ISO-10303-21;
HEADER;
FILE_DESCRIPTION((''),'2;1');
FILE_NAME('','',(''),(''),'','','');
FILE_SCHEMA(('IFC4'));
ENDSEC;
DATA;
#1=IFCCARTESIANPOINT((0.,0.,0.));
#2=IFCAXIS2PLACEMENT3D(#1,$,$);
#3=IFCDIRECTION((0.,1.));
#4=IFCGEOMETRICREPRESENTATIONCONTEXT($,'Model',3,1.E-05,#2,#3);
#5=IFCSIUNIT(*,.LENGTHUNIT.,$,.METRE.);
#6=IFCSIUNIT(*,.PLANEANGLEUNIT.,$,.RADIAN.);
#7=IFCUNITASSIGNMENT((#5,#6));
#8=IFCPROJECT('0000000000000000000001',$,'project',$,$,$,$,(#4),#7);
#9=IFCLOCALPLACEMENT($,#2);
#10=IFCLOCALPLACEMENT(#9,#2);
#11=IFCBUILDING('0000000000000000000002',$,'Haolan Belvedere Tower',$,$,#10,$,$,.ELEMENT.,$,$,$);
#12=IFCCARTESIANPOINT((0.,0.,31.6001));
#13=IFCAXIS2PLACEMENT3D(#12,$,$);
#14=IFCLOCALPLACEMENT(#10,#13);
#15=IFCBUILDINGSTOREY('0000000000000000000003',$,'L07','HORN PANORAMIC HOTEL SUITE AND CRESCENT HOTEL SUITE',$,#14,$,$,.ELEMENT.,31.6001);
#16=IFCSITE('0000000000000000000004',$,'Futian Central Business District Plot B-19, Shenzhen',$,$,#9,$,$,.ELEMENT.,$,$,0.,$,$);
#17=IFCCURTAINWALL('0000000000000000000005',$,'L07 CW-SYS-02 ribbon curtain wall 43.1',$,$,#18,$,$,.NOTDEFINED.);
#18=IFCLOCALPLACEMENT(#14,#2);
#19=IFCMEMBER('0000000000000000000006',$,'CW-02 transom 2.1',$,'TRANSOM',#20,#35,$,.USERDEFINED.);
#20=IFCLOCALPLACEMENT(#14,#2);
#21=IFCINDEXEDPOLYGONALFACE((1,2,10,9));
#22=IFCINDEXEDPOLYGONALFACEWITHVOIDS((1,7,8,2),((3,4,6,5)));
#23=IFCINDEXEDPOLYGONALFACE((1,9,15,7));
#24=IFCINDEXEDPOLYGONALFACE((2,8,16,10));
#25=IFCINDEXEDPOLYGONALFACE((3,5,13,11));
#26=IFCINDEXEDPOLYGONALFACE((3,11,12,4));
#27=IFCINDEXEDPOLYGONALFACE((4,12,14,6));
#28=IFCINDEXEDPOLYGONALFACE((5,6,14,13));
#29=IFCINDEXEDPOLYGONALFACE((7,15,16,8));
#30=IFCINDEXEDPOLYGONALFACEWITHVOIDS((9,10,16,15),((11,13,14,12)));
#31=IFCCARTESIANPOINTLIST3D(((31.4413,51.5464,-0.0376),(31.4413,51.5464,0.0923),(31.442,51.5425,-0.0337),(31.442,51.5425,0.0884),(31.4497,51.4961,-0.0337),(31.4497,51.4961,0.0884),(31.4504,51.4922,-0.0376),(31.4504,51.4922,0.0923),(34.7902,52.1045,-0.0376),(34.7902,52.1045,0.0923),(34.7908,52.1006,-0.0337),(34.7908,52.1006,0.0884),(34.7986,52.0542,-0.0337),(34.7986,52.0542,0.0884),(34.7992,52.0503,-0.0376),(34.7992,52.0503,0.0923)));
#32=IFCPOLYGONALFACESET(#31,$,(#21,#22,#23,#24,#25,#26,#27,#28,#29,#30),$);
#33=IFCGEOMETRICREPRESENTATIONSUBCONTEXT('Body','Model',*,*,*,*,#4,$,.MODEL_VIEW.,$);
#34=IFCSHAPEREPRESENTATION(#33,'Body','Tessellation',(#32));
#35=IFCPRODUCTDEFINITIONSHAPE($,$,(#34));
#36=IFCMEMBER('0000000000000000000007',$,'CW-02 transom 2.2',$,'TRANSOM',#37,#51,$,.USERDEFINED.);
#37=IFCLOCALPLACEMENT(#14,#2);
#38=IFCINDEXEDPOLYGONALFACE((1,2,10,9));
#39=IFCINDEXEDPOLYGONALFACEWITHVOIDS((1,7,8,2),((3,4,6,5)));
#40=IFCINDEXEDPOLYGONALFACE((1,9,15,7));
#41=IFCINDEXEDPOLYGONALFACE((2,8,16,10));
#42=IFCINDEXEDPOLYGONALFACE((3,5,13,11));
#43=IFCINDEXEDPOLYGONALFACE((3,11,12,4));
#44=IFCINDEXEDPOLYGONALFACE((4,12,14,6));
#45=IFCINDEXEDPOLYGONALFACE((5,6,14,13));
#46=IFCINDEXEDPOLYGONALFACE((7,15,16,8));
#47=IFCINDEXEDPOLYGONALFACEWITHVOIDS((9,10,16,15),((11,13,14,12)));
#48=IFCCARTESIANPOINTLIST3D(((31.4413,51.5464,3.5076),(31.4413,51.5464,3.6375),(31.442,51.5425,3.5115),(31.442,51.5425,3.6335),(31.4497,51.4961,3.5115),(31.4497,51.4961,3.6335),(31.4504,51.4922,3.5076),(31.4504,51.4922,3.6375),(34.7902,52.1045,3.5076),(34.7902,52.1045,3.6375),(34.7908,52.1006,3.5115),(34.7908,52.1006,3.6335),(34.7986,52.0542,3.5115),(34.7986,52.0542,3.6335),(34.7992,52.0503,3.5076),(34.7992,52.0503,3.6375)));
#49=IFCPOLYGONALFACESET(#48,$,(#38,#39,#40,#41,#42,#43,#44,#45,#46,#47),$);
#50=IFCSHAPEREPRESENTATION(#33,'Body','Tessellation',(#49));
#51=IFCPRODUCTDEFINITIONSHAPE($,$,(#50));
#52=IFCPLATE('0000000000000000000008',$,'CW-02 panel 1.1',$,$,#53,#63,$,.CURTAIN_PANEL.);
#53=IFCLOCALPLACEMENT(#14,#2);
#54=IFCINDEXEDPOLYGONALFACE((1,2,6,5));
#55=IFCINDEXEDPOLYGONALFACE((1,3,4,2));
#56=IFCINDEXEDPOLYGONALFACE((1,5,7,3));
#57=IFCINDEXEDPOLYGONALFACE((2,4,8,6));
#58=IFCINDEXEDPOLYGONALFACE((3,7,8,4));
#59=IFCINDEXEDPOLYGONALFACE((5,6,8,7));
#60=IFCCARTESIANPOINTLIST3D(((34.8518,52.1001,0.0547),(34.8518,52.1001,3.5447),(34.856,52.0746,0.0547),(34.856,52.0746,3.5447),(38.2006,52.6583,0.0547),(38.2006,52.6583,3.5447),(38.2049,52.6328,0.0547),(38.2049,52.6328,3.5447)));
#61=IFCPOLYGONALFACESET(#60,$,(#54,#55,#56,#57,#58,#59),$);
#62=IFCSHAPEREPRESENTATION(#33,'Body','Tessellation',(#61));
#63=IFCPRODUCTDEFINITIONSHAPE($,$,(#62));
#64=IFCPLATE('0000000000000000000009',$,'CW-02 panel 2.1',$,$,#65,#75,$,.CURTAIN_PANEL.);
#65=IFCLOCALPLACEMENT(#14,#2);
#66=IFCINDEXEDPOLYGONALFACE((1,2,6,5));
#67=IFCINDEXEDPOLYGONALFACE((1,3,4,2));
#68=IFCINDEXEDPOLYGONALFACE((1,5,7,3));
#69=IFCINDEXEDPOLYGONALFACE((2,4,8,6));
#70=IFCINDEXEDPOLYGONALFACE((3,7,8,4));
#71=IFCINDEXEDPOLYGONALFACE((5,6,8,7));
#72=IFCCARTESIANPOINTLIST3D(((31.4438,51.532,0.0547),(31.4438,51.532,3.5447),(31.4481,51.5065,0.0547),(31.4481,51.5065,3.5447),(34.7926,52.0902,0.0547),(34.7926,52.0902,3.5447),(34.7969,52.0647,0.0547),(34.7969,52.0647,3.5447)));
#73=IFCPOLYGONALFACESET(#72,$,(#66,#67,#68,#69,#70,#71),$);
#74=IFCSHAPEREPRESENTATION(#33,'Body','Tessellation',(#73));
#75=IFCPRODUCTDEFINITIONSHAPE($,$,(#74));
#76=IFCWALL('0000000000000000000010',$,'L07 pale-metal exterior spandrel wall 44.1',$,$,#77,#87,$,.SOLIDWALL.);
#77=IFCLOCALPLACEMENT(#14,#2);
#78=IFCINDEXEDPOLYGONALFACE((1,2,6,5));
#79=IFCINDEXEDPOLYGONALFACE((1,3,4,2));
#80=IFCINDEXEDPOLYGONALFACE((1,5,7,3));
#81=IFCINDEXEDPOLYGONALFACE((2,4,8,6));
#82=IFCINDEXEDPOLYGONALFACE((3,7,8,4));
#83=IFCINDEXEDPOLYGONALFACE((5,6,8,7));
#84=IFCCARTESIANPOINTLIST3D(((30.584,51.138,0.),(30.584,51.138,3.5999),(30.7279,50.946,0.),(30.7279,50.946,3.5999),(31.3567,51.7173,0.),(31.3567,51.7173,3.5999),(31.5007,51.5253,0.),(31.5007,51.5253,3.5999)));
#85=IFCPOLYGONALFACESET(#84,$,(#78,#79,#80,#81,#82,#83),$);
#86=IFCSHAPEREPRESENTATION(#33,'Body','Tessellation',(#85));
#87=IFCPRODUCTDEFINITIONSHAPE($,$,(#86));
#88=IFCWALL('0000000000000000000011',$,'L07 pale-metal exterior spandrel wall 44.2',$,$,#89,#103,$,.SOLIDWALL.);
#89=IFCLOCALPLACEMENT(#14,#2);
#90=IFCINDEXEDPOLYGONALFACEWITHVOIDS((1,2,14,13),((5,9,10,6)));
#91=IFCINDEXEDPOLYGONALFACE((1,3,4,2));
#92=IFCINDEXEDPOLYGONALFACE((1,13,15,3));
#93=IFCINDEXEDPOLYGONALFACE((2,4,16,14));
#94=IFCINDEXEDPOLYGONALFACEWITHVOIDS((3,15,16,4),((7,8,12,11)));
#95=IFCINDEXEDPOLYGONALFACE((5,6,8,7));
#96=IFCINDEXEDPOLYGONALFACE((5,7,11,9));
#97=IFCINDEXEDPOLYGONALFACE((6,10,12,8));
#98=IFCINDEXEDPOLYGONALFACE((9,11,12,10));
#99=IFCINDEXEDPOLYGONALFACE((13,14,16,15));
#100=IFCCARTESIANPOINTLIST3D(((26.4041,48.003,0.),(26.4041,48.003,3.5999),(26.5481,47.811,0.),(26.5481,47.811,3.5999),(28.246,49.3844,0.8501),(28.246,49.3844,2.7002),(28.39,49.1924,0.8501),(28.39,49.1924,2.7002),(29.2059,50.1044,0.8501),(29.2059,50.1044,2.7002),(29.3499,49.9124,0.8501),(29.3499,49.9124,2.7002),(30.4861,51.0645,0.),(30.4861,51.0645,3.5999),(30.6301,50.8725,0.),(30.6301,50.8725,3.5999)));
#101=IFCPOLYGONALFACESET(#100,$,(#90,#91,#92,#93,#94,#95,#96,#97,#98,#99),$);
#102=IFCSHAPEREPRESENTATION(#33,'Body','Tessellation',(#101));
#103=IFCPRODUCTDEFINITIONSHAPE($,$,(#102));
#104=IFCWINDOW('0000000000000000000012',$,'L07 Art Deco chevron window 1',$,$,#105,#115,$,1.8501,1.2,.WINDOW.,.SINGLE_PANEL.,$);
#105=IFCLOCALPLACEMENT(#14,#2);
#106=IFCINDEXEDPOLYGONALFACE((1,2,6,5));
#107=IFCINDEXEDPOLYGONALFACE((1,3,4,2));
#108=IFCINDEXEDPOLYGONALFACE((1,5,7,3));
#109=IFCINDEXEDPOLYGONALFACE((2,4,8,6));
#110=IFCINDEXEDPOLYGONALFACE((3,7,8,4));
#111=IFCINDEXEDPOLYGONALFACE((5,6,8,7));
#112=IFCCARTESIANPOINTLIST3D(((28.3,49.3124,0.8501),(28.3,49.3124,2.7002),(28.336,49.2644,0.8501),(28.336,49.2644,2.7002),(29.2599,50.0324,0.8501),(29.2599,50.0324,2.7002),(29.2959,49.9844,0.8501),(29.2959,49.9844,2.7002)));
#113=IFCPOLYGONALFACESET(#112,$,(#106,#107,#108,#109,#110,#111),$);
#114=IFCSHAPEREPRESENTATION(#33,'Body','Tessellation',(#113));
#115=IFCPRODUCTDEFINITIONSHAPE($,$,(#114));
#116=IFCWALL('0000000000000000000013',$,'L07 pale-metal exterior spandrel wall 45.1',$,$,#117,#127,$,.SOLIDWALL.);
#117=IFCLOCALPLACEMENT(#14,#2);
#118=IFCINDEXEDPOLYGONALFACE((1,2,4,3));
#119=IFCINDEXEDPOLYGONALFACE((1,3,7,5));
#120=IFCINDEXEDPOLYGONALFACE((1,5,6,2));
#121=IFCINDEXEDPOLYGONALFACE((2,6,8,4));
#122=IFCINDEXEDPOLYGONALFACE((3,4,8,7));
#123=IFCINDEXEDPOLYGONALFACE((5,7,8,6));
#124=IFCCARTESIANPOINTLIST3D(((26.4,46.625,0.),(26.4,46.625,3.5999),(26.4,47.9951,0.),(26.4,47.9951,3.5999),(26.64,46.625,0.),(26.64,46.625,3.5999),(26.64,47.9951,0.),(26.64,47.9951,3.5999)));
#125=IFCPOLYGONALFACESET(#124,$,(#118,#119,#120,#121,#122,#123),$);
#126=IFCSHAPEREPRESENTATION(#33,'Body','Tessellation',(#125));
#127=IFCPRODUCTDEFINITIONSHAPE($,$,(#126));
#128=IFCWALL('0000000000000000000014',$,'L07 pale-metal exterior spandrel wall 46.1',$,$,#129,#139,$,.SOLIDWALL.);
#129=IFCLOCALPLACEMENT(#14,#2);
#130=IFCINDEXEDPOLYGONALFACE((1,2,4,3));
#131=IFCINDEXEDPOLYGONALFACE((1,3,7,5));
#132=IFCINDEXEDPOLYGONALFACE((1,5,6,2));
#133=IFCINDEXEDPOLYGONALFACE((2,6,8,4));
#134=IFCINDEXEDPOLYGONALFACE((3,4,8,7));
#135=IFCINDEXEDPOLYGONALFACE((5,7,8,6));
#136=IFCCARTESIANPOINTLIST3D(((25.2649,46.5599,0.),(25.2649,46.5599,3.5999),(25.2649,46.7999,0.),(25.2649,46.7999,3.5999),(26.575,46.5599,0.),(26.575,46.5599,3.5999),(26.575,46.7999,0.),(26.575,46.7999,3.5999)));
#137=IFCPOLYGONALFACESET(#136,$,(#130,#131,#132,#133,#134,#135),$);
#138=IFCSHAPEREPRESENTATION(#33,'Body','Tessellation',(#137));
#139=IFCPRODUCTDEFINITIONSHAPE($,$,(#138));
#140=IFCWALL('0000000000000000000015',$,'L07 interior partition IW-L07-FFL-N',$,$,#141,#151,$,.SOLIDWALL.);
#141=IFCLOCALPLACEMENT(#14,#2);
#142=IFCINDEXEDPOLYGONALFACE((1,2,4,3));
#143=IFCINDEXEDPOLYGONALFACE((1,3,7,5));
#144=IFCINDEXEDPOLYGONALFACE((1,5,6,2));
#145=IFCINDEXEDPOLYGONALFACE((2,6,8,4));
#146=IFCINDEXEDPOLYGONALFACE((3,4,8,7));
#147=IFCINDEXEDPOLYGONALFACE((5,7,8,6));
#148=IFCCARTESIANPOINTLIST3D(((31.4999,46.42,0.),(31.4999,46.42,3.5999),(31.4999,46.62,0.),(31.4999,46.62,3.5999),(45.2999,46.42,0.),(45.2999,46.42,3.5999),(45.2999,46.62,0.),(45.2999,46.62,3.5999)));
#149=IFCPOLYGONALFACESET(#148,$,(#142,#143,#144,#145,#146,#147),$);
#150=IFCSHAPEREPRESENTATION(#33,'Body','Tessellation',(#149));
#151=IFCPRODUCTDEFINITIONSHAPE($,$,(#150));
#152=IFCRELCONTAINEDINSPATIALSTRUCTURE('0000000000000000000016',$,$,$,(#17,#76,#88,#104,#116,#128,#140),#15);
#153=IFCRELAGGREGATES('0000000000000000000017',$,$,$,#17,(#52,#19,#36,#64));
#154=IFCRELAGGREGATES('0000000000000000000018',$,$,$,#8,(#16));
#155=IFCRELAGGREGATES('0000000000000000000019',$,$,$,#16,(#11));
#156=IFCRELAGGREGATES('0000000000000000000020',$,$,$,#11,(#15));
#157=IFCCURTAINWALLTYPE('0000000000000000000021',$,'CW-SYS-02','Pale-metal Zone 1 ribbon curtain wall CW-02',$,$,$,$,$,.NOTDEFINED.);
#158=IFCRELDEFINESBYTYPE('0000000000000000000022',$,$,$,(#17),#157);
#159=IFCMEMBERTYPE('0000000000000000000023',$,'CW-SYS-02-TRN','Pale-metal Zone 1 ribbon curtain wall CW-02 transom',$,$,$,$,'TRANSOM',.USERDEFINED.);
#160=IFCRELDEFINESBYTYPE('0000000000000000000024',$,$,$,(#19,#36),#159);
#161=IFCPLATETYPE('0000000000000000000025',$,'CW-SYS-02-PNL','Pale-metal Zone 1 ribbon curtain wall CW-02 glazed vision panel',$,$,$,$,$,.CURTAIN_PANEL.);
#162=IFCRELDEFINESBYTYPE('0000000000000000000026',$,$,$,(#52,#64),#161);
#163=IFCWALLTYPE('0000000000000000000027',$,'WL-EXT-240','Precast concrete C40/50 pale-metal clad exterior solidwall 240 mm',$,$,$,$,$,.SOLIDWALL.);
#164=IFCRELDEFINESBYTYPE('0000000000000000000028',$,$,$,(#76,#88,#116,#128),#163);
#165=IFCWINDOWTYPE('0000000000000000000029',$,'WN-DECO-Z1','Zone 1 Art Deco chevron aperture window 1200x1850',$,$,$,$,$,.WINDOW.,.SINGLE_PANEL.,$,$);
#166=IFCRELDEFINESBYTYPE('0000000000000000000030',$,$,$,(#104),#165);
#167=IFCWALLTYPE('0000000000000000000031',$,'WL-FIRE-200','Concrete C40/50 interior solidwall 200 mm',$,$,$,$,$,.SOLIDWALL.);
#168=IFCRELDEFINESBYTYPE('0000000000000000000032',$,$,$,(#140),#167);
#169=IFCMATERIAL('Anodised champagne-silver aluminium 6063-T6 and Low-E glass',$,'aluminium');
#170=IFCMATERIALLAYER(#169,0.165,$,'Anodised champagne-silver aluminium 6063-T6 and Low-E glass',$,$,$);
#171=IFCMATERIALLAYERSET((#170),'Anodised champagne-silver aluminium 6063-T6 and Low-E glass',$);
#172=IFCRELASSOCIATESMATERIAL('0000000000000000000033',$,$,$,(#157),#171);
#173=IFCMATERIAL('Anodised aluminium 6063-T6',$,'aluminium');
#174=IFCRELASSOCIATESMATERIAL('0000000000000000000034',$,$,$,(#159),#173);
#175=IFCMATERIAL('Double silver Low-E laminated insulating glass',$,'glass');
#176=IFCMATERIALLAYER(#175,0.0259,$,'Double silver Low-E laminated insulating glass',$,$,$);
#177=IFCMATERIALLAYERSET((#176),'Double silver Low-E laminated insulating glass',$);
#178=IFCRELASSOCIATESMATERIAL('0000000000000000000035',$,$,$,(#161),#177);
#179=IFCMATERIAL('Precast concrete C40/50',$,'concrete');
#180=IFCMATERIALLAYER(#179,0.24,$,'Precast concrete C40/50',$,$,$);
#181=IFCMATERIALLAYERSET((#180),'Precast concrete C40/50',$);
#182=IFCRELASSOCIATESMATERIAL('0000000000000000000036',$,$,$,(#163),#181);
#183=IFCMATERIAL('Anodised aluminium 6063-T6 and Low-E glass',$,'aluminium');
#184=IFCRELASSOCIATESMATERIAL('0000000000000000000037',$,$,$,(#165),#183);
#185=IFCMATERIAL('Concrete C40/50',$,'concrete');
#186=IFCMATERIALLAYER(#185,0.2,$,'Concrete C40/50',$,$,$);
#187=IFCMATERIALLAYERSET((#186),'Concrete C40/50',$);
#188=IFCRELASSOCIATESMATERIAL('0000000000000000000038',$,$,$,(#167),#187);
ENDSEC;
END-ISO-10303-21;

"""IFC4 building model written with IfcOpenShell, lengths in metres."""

from ifc_helpers import new_model, si_unit, direction, frame, frame_2d, origin, origin_2d, place, context, subcontext, project, spatial, rectangle, hollow_rectangle, extrude, material, layer, layer_set, material_profile, profile_set, type_object, element, fill, aggregate, save


model = new_model("IFC4")

# Units and contexts
model_context = context("Model", 3, precision=1e-05, world=origin(), true_north=direction((0.0, 1.0)))
body_context = subcontext(model_context, "Body", "Model", "MODEL_VIEW")
ifc_project = project(units=[si_unit("LENGTHUNIT", "METRE"), si_unit("PLANEANGLEUNIT", "RADIAN")], contexts=[model_context])

# Site, building, storey
site_placement = place(None, origin())
site = spatial("IfcSite", under=ifc_project, at=site_placement, Name="Futian Central Business District Plot B-19, Shenzhen", CompositionType="ELEMENT", RefElevation=0.0)
building_placement = place(site_placement, origin())
building = spatial("IfcBuilding", under=site, at=building_placement, Name="Haolan Belvedere Tower", CompositionType="ELEMENT")
storey_placement = place(building_placement, frame((0.0, 0.0, 31.6001)))
storey = spatial("IfcBuildingStorey", under=building, at=storey_placement, Name="L07", Description="HORN PANORAMIC HOTEL SUITE AND CRESCENT HOTEL SUITE", CompositionType="ELEMENT", Elevation=31.6001)

# Curtain wall, members, plates
ifc_material_1 = material(Name="Anodised champagne-silver aluminium 6063-T6 and Low-E glass", Category="aluminium")
ifc_layer_1 = layer(ifc_material_1, 0.165, Name="Anodised champagne-silver aluminium 6063-T6 and Low-E glass")
ifc_layer_set_1 = layer_set([ifc_layer_1], Name="Anodised champagne-silver aluminium 6063-T6 and Low-E glass")
curtain_wall_type = type_object("IfcCurtainWallType", Name="CW-SYS-02", Description="Pale-metal Zone 1 ribbon curtain wall CW-02", PredefinedType="NOTDEFINED", material=ifc_layer_set_1)
curtain_wall_placement = place(storey_placement, origin())
curtain_wall = element("IfcCurtainWall", 1, at=curtain_wall_placement, inside=storey, type_object=curtain_wall_type, Name="L07 CW-SYS-02 ribbon curtain wall 43.1", PredefinedType="NOTDEFINED")
ifc_material_2 = material(Name="Anodised aluminium 6063-T6", Category="aluminium")
ifc_material_profile_1 = material_profile(ifc_material_2, hollow_rectangle(XDim=0.0549, YDim=0.1299, WallThickness=0.0039, at=origin_2d()), Name="Anodised aluminium 6063-T6")
ifc_profile_set_1 = profile_set([ifc_material_profile_1], Name="Anodised aluminium 6063-T6")
member_type_1 = type_object("IfcMemberType", Name="CW-SYS-02-TRN", Description="Pale-metal Zone 1 ribbon curtain wall CW-02 transom", ElementType="TRANSOM", PredefinedType="USERDEFINED", material=ifc_profile_set_1)
member_1_placement = place(storey_placement, frame((34.7947, 52.0774, 0.0273), z_axis=(-0.986396, -0.164387, 0.0), x_axis=(0.164387, -0.986396, 0.0)))
member_1 = element("IfcMember", 2, at=member_1_placement, type_object=member_type_1, Name="CW-02 transom 2.1", ObjectType="TRANSOM", PredefinedType="USERDEFINED", context=body_context, shape_type="SweptSolid", body=[
    extrude(hollow_rectangle(XDim=0.0549, YDim=0.1299, WallThickness=0.0039, at=origin_2d()), origin(), (0.0, 0.0, 1.0), 3.395),
])
member_2_placement = place(storey_placement, frame((34.7947, 52.0774, 3.5725), z_axis=(-0.986396, -0.164387, 0.0), x_axis=(0.164387, -0.986396, 0.0)))
member_2 = element("IfcMember", 3, at=member_2_placement, type_object=member_type_1, Name="CW-02 transom 2.2", ObjectType="TRANSOM", PredefinedType="USERDEFINED", context=body_context, shape_type="SweptSolid", body=[
    extrude(hollow_rectangle(XDim=0.0549, YDim=0.1299, WallThickness=0.0039, at=origin_2d()), origin(), (0.0, 0.0, 1.0), 3.395),
])
ifc_material_3 = material(Name="Double silver Low-E laminated insulating glass", Category="glass")
ifc_layer_2 = layer(ifc_material_3, 0.0259, Name="Double silver Low-E laminated insulating glass")
ifc_layer_set_2 = layer_set([ifc_layer_2], Name="Double silver Low-E laminated insulating glass")
plate_type = type_object("IfcPlateType", Name="CW-SYS-02-PNL", Description="Pale-metal Zone 1 ribbon curtain wall CW-02 glazed vision panel", PredefinedType="CURTAIN_PANEL", material=ifc_layer_set_2)
plate_1_placement = place(storey_placement, frame((36.5283, 52.3665, 0.0547), z_axis=(0.0, 0.0, 1.0), x_axis=(-0.986393, -0.164404, 0.0)))
plate_1 = element("IfcPlate", 4, at=plate_1_placement, type_object=plate_type, Name="CW-02 panel 1.1", PredefinedType="CURTAIN_PANEL", context=body_context, shape_type="SweptSolid", body=[
    extrude(rectangle(XDim=3.395, YDim=0.0259, at=origin_2d()), origin(), (0.0, 0.0, 1.0), 3.49),
])
plate_2_placement = place(storey_placement, frame((33.1204, 51.7983, 0.0547), z_axis=(0.0, 0.0, 1.0), x_axis=(-0.986393, -0.164404, 0.0)))
plate_2 = element("IfcPlate", 5, at=plate_2_placement, type_object=plate_type, Name="CW-02 panel 2.1", PredefinedType="CURTAIN_PANEL", context=body_context, shape_type="SweptSolid", body=[
    extrude(rectangle(XDim=3.395, YDim=0.0259, at=origin_2d()), origin(), (0.0, 0.0, 1.0), 3.49),
])
aggregate(curtain_wall, [plate_1, member_1, member_2, plate_2])

# Wall
ifc_material_4 = material(Name="Precast concrete C40/50", Category="concrete")
ifc_layer_3 = layer(ifc_material_4, 0.24, Name="Precast concrete C40/50")
ifc_layer_set_3 = layer_set([ifc_layer_3], Name="Precast concrete C40/50")
wall_type_1 = type_object("IfcWallType", Name="WL-EXT-240", Description="Precast concrete C40/50 pale-metal clad exterior solidwall 240 mm", PredefinedType="SOLIDWALL", material=ifc_layer_set_3)
wall_1_placement = place(storey_placement, frame((31.4287, 51.6213, 0.0), z_axis=(0.0, 0.0, 1.0), x_axis=(-0.800091, -0.599879, 0.0)))
element("IfcWall", 6, at=wall_1_placement, inside=storey, type_object=wall_type_1, Name="L07 pale-metal exterior spandrel wall 44.1", PredefinedType="SOLIDWALL", context=body_context, shape_type="SweptSolid", body=[
    extrude(rectangle(XDim=0.9658, YDim=0.24, at=frame_2d((0.4829, 0.0))), origin(), (0.0, 0.0, 1.0), 3.5999),
])

# Wall, opening, window
wall_2_placement = place(storey_placement, frame((30.5581, 50.9685, 0.0), z_axis=(0.0, 0.0, 1.0), x_axis=(-0.8, -0.6, 0.0)))
wall_2 = element("IfcWall", 7, at=wall_2_placement, inside=storey, type_object=wall_type_1, Name="L07 pale-metal exterior spandrel wall 44.2", PredefinedType="SOLIDWALL", context=body_context, shape_type="SweptSolid", body=[
    extrude(rectangle(XDim=5.1025, YDim=0.24, at=frame_2d((2.5513, 0.0))), origin(), (0.0, 0.0, 1.0), 3.5999),
])
opening_1_placement = place(wall_2_placement, frame((1.6001, 0.0, 0.8501)))
opening_1 = element("IfcOpeningElement", 8, at=opening_1_placement, cuts=wall_2, PredefinedType="OPENING", context=body_context, shape_type="SweptSolid", body=[
    extrude(rectangle(XDim=1.2, YDim=1.8501, at=frame_2d((0.6001, 0.925))), frame((0.0, 0.1299, 0.0), z_axis=(0.0, -1.0, 0.0), x_axis=(1.0, 0.0, 0.0)), (0.0, 0.0, 1.0), 0.26),
])
ifc_material_5 = material(Name="Anodised aluminium 6063-T6 and Low-E glass", Category="aluminium")
window_type = type_object("IfcWindowType", Name="WN-DECO-Z1", Description="Zone 1 Art Deco chevron aperture window 1200x1850", PartitioningType="SINGLE_PANEL", PredefinedType="WINDOW", material=ifc_material_5)
window_placement = place(opening_1_placement, origin())
window = element("IfcWindow", 9, at=window_placement, inside=storey, type_object=window_type, Name="L07 Art Deco chevron window 1", OverallHeight=1.8501, OverallWidth=1.2, PartitioningType="SINGLE_PANEL", PredefinedType="WINDOW", context=body_context, shape_type="SweptSolid", body=[
    extrude(rectangle(XDim=1.2, YDim=1.8501, at=frame_2d((0.6001, 0.925))), frame((0.0, 0.03, 0.0), z_axis=(0.0, -1.0, 0.0), x_axis=(1.0, 0.0, 0.0)), (0.0, 0.0, 1.0), 0.0601),
])
fill(opening_1, window)

# Walls
wall_3_placement = place(storey_placement, frame((26.52, 47.9951, 0.0), z_axis=(0.0, 0.0, 1.0), x_axis=(0.0, -1.0, 0.0)))
element("IfcWall", 10, at=wall_3_placement, inside=storey, type_object=wall_type_1, Name="L07 pale-metal exterior spandrel wall 45.1", PredefinedType="SOLIDWALL", context=body_context, shape_type="SweptSolid", body=[
    extrude(rectangle(XDim=1.3701, YDim=0.24, at=frame_2d((0.6851, 0.0))), origin(), (0.0, 0.0, 1.0), 3.5999),
])
wall_4_placement = place(storey_placement, frame((26.575, 46.6799, 0.0), z_axis=(0.0, 0.0, 1.0), x_axis=(-1.0, 0.0, 0.0)))
element("IfcWall", 11, at=wall_4_placement, inside=storey, type_object=wall_type_1, Name="L07 pale-metal exterior spandrel wall 46.1", PredefinedType="SOLIDWALL", context=body_context, shape_type="SweptSolid", body=[
    extrude(rectangle(XDim=1.3101, YDim=0.24, at=frame_2d((0.655, 0.0))), origin(), (0.0, 0.0, 1.0), 3.5999),
])
ifc_material_6 = material(Name="Concrete C40/50", Category="concrete")
ifc_layer_4 = layer(ifc_material_6, 0.2, Name="Concrete C40/50")
ifc_layer_set_4 = layer_set([ifc_layer_4], Name="Concrete C40/50")
wall_type_2 = type_object("IfcWallType", Name="WL-FIRE-200", Description="Concrete C40/50 interior solidwall 200 mm", PredefinedType="SOLIDWALL", material=ifc_layer_set_4)
wall_5_placement = place(storey_placement, frame((31.5, 46.52, 0.0), z_axis=(0.0, 0.0, 1.0), x_axis=(1.0, 0.0, 0.0)))
element("IfcWall", 12, at=wall_5_placement, inside=storey, type_object=wall_type_2, Name="L07 interior partition IW-L07-FFL-N", PredefinedType="SOLIDWALL", context=body_context, shape_type="SweptSolid", body=[
    extrude(rectangle(XDim=13.8, YDim=0.2, at=frame_2d((6.8999, 0.0))), origin(), (0.0, 0.0, 1.0), 3.5999),
])

save(model, "model.ifc")
